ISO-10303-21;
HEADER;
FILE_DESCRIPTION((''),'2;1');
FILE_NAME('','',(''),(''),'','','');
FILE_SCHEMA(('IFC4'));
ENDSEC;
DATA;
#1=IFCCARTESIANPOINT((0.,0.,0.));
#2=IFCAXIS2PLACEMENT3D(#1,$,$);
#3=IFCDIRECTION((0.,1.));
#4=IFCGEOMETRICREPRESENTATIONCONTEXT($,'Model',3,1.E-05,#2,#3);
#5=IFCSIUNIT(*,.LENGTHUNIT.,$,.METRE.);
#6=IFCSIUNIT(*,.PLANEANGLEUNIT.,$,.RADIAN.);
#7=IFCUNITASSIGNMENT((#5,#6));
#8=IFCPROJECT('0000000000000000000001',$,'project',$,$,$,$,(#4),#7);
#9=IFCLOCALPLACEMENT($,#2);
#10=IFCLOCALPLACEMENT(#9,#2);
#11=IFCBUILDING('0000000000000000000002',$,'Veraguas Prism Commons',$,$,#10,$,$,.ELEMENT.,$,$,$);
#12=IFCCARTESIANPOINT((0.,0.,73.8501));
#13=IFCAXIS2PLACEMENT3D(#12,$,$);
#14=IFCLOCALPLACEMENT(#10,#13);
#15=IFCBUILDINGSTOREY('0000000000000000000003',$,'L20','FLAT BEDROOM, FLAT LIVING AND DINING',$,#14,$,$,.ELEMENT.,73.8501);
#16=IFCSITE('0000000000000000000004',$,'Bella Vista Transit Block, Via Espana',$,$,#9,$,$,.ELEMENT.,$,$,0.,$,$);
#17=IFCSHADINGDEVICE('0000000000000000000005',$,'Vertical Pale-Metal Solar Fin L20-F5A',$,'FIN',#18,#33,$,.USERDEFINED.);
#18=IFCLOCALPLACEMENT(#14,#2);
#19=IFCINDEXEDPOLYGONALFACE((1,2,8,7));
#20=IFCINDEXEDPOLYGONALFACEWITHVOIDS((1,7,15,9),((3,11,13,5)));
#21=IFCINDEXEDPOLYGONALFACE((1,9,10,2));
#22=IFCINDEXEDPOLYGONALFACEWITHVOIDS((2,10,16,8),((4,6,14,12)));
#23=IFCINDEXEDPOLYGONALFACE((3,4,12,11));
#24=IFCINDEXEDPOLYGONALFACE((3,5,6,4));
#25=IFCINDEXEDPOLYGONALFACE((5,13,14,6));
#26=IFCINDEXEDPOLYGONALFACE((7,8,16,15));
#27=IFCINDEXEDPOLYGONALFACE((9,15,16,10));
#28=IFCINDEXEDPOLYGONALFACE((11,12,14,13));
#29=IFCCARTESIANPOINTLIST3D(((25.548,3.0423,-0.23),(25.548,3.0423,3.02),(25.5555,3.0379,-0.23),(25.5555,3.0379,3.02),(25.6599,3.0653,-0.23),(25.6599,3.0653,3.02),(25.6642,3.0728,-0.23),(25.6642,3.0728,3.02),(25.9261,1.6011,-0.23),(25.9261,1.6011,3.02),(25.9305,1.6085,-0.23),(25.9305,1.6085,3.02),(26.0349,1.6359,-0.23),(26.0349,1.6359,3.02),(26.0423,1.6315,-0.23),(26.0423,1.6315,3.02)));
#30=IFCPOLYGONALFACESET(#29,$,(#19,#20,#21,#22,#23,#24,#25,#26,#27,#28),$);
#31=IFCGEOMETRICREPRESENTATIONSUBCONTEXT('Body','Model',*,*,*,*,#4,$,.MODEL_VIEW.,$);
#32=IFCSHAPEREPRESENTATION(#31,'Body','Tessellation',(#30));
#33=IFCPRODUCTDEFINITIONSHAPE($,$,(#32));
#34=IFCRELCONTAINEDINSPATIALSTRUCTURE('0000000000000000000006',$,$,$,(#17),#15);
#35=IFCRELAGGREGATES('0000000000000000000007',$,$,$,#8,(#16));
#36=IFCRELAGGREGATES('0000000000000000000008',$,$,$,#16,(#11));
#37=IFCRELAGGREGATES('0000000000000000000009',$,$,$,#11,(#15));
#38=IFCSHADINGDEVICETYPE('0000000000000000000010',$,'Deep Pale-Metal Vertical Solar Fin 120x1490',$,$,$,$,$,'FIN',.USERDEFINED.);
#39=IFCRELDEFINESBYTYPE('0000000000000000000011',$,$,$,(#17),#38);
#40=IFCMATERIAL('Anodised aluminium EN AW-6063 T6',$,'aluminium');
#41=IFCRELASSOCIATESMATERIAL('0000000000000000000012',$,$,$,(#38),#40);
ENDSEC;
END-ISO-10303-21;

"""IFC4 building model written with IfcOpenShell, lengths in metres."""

from ifc_helpers import new_model, si_unit, direction, frame, origin, origin_2d, place, context, subcontext, project, spatial, hollow_rectangle, extrude, material, material_profile, profile_set, type_object, element, save


model = new_model("IFC4")

# Units and contexts
model_context = context("Model", 3, precision=1e-05, world=origin(), true_north=direction((0.0, 1.0)))
body_context = subcontext(model_context, "Body", "Model", "MODEL_VIEW")
ifc_project = project(units=[si_unit("LENGTHUNIT", "METRE"), si_unit("PLANEANGLEUNIT", "RADIAN")], contexts=[model_context])

# Site, building, storey
site_placement = place(None, origin())
site = spatial("IfcSite", under=ifc_project, at=site_placement, Name="Bella Vista Transit Block, Via Espana", CompositionType="ELEMENT", RefElevation=0.0)
building_placement = place(site_placement, origin())
building = spatial("IfcBuilding", under=site, at=building_placement, Name="Veraguas Prism Commons", CompositionType="ELEMENT")
storey_placement = place(building_placement, frame((0.0, 0.0, 73.8501)))
storey = spatial("IfcBuildingStorey", under=building, at=storey_placement, Name="L20", Description="FLAT BEDROOM, FLAT LIVING AND DINING", CompositionType="ELEMENT", Elevation=73.8501)

# Shared definitions
ifc_material_1 = material(Name="Anodised aluminium EN AW-6063 T6", Category="aluminium")

# Shading device
ifc_material_profile_1 = material_profile(ifc_material_1, hollow_rectangle(XDim=0.1201, YDim=1.49, WallThickness=0.0061, at=origin_2d()), Name="FIN120X1490X6")
ifc_profile_set_1 = profile_set([ifc_material_profile_1], Name="Anodised aluminium EN AW-6063 T6")
shading_device_type = type_object("IfcShadingDeviceType", Name="Deep Pale-Metal Vertical Solar Fin 120x1490", ElementType="FIN", PredefinedType="USERDEFINED", material=ifc_profile_set_1)
shading_device_placement = place(storey_placement, frame((25.7952, 2.3369, -0.23), z_axis=(0.0, 0.0, 1.0), x_axis=(0.967268, 0.253758, 0.0)))
element("IfcShadingDevice", 1, at=shading_device_placement, inside=storey, type_object=shading_device_type, Name="Vertical Pale-Metal Solar Fin L20-F5A", ObjectType="FIN", PredefinedType="USERDEFINED", context=body_context, shape_type="SweptSolid", body=[
    extrude(hollow_rectangle(XDim=0.1201, YDim=1.49, WallThickness=0.0061, at=origin_2d()), origin(), (0.0, 0.0, 1.0), 3.25),
])

save(model, "model.ifc")
